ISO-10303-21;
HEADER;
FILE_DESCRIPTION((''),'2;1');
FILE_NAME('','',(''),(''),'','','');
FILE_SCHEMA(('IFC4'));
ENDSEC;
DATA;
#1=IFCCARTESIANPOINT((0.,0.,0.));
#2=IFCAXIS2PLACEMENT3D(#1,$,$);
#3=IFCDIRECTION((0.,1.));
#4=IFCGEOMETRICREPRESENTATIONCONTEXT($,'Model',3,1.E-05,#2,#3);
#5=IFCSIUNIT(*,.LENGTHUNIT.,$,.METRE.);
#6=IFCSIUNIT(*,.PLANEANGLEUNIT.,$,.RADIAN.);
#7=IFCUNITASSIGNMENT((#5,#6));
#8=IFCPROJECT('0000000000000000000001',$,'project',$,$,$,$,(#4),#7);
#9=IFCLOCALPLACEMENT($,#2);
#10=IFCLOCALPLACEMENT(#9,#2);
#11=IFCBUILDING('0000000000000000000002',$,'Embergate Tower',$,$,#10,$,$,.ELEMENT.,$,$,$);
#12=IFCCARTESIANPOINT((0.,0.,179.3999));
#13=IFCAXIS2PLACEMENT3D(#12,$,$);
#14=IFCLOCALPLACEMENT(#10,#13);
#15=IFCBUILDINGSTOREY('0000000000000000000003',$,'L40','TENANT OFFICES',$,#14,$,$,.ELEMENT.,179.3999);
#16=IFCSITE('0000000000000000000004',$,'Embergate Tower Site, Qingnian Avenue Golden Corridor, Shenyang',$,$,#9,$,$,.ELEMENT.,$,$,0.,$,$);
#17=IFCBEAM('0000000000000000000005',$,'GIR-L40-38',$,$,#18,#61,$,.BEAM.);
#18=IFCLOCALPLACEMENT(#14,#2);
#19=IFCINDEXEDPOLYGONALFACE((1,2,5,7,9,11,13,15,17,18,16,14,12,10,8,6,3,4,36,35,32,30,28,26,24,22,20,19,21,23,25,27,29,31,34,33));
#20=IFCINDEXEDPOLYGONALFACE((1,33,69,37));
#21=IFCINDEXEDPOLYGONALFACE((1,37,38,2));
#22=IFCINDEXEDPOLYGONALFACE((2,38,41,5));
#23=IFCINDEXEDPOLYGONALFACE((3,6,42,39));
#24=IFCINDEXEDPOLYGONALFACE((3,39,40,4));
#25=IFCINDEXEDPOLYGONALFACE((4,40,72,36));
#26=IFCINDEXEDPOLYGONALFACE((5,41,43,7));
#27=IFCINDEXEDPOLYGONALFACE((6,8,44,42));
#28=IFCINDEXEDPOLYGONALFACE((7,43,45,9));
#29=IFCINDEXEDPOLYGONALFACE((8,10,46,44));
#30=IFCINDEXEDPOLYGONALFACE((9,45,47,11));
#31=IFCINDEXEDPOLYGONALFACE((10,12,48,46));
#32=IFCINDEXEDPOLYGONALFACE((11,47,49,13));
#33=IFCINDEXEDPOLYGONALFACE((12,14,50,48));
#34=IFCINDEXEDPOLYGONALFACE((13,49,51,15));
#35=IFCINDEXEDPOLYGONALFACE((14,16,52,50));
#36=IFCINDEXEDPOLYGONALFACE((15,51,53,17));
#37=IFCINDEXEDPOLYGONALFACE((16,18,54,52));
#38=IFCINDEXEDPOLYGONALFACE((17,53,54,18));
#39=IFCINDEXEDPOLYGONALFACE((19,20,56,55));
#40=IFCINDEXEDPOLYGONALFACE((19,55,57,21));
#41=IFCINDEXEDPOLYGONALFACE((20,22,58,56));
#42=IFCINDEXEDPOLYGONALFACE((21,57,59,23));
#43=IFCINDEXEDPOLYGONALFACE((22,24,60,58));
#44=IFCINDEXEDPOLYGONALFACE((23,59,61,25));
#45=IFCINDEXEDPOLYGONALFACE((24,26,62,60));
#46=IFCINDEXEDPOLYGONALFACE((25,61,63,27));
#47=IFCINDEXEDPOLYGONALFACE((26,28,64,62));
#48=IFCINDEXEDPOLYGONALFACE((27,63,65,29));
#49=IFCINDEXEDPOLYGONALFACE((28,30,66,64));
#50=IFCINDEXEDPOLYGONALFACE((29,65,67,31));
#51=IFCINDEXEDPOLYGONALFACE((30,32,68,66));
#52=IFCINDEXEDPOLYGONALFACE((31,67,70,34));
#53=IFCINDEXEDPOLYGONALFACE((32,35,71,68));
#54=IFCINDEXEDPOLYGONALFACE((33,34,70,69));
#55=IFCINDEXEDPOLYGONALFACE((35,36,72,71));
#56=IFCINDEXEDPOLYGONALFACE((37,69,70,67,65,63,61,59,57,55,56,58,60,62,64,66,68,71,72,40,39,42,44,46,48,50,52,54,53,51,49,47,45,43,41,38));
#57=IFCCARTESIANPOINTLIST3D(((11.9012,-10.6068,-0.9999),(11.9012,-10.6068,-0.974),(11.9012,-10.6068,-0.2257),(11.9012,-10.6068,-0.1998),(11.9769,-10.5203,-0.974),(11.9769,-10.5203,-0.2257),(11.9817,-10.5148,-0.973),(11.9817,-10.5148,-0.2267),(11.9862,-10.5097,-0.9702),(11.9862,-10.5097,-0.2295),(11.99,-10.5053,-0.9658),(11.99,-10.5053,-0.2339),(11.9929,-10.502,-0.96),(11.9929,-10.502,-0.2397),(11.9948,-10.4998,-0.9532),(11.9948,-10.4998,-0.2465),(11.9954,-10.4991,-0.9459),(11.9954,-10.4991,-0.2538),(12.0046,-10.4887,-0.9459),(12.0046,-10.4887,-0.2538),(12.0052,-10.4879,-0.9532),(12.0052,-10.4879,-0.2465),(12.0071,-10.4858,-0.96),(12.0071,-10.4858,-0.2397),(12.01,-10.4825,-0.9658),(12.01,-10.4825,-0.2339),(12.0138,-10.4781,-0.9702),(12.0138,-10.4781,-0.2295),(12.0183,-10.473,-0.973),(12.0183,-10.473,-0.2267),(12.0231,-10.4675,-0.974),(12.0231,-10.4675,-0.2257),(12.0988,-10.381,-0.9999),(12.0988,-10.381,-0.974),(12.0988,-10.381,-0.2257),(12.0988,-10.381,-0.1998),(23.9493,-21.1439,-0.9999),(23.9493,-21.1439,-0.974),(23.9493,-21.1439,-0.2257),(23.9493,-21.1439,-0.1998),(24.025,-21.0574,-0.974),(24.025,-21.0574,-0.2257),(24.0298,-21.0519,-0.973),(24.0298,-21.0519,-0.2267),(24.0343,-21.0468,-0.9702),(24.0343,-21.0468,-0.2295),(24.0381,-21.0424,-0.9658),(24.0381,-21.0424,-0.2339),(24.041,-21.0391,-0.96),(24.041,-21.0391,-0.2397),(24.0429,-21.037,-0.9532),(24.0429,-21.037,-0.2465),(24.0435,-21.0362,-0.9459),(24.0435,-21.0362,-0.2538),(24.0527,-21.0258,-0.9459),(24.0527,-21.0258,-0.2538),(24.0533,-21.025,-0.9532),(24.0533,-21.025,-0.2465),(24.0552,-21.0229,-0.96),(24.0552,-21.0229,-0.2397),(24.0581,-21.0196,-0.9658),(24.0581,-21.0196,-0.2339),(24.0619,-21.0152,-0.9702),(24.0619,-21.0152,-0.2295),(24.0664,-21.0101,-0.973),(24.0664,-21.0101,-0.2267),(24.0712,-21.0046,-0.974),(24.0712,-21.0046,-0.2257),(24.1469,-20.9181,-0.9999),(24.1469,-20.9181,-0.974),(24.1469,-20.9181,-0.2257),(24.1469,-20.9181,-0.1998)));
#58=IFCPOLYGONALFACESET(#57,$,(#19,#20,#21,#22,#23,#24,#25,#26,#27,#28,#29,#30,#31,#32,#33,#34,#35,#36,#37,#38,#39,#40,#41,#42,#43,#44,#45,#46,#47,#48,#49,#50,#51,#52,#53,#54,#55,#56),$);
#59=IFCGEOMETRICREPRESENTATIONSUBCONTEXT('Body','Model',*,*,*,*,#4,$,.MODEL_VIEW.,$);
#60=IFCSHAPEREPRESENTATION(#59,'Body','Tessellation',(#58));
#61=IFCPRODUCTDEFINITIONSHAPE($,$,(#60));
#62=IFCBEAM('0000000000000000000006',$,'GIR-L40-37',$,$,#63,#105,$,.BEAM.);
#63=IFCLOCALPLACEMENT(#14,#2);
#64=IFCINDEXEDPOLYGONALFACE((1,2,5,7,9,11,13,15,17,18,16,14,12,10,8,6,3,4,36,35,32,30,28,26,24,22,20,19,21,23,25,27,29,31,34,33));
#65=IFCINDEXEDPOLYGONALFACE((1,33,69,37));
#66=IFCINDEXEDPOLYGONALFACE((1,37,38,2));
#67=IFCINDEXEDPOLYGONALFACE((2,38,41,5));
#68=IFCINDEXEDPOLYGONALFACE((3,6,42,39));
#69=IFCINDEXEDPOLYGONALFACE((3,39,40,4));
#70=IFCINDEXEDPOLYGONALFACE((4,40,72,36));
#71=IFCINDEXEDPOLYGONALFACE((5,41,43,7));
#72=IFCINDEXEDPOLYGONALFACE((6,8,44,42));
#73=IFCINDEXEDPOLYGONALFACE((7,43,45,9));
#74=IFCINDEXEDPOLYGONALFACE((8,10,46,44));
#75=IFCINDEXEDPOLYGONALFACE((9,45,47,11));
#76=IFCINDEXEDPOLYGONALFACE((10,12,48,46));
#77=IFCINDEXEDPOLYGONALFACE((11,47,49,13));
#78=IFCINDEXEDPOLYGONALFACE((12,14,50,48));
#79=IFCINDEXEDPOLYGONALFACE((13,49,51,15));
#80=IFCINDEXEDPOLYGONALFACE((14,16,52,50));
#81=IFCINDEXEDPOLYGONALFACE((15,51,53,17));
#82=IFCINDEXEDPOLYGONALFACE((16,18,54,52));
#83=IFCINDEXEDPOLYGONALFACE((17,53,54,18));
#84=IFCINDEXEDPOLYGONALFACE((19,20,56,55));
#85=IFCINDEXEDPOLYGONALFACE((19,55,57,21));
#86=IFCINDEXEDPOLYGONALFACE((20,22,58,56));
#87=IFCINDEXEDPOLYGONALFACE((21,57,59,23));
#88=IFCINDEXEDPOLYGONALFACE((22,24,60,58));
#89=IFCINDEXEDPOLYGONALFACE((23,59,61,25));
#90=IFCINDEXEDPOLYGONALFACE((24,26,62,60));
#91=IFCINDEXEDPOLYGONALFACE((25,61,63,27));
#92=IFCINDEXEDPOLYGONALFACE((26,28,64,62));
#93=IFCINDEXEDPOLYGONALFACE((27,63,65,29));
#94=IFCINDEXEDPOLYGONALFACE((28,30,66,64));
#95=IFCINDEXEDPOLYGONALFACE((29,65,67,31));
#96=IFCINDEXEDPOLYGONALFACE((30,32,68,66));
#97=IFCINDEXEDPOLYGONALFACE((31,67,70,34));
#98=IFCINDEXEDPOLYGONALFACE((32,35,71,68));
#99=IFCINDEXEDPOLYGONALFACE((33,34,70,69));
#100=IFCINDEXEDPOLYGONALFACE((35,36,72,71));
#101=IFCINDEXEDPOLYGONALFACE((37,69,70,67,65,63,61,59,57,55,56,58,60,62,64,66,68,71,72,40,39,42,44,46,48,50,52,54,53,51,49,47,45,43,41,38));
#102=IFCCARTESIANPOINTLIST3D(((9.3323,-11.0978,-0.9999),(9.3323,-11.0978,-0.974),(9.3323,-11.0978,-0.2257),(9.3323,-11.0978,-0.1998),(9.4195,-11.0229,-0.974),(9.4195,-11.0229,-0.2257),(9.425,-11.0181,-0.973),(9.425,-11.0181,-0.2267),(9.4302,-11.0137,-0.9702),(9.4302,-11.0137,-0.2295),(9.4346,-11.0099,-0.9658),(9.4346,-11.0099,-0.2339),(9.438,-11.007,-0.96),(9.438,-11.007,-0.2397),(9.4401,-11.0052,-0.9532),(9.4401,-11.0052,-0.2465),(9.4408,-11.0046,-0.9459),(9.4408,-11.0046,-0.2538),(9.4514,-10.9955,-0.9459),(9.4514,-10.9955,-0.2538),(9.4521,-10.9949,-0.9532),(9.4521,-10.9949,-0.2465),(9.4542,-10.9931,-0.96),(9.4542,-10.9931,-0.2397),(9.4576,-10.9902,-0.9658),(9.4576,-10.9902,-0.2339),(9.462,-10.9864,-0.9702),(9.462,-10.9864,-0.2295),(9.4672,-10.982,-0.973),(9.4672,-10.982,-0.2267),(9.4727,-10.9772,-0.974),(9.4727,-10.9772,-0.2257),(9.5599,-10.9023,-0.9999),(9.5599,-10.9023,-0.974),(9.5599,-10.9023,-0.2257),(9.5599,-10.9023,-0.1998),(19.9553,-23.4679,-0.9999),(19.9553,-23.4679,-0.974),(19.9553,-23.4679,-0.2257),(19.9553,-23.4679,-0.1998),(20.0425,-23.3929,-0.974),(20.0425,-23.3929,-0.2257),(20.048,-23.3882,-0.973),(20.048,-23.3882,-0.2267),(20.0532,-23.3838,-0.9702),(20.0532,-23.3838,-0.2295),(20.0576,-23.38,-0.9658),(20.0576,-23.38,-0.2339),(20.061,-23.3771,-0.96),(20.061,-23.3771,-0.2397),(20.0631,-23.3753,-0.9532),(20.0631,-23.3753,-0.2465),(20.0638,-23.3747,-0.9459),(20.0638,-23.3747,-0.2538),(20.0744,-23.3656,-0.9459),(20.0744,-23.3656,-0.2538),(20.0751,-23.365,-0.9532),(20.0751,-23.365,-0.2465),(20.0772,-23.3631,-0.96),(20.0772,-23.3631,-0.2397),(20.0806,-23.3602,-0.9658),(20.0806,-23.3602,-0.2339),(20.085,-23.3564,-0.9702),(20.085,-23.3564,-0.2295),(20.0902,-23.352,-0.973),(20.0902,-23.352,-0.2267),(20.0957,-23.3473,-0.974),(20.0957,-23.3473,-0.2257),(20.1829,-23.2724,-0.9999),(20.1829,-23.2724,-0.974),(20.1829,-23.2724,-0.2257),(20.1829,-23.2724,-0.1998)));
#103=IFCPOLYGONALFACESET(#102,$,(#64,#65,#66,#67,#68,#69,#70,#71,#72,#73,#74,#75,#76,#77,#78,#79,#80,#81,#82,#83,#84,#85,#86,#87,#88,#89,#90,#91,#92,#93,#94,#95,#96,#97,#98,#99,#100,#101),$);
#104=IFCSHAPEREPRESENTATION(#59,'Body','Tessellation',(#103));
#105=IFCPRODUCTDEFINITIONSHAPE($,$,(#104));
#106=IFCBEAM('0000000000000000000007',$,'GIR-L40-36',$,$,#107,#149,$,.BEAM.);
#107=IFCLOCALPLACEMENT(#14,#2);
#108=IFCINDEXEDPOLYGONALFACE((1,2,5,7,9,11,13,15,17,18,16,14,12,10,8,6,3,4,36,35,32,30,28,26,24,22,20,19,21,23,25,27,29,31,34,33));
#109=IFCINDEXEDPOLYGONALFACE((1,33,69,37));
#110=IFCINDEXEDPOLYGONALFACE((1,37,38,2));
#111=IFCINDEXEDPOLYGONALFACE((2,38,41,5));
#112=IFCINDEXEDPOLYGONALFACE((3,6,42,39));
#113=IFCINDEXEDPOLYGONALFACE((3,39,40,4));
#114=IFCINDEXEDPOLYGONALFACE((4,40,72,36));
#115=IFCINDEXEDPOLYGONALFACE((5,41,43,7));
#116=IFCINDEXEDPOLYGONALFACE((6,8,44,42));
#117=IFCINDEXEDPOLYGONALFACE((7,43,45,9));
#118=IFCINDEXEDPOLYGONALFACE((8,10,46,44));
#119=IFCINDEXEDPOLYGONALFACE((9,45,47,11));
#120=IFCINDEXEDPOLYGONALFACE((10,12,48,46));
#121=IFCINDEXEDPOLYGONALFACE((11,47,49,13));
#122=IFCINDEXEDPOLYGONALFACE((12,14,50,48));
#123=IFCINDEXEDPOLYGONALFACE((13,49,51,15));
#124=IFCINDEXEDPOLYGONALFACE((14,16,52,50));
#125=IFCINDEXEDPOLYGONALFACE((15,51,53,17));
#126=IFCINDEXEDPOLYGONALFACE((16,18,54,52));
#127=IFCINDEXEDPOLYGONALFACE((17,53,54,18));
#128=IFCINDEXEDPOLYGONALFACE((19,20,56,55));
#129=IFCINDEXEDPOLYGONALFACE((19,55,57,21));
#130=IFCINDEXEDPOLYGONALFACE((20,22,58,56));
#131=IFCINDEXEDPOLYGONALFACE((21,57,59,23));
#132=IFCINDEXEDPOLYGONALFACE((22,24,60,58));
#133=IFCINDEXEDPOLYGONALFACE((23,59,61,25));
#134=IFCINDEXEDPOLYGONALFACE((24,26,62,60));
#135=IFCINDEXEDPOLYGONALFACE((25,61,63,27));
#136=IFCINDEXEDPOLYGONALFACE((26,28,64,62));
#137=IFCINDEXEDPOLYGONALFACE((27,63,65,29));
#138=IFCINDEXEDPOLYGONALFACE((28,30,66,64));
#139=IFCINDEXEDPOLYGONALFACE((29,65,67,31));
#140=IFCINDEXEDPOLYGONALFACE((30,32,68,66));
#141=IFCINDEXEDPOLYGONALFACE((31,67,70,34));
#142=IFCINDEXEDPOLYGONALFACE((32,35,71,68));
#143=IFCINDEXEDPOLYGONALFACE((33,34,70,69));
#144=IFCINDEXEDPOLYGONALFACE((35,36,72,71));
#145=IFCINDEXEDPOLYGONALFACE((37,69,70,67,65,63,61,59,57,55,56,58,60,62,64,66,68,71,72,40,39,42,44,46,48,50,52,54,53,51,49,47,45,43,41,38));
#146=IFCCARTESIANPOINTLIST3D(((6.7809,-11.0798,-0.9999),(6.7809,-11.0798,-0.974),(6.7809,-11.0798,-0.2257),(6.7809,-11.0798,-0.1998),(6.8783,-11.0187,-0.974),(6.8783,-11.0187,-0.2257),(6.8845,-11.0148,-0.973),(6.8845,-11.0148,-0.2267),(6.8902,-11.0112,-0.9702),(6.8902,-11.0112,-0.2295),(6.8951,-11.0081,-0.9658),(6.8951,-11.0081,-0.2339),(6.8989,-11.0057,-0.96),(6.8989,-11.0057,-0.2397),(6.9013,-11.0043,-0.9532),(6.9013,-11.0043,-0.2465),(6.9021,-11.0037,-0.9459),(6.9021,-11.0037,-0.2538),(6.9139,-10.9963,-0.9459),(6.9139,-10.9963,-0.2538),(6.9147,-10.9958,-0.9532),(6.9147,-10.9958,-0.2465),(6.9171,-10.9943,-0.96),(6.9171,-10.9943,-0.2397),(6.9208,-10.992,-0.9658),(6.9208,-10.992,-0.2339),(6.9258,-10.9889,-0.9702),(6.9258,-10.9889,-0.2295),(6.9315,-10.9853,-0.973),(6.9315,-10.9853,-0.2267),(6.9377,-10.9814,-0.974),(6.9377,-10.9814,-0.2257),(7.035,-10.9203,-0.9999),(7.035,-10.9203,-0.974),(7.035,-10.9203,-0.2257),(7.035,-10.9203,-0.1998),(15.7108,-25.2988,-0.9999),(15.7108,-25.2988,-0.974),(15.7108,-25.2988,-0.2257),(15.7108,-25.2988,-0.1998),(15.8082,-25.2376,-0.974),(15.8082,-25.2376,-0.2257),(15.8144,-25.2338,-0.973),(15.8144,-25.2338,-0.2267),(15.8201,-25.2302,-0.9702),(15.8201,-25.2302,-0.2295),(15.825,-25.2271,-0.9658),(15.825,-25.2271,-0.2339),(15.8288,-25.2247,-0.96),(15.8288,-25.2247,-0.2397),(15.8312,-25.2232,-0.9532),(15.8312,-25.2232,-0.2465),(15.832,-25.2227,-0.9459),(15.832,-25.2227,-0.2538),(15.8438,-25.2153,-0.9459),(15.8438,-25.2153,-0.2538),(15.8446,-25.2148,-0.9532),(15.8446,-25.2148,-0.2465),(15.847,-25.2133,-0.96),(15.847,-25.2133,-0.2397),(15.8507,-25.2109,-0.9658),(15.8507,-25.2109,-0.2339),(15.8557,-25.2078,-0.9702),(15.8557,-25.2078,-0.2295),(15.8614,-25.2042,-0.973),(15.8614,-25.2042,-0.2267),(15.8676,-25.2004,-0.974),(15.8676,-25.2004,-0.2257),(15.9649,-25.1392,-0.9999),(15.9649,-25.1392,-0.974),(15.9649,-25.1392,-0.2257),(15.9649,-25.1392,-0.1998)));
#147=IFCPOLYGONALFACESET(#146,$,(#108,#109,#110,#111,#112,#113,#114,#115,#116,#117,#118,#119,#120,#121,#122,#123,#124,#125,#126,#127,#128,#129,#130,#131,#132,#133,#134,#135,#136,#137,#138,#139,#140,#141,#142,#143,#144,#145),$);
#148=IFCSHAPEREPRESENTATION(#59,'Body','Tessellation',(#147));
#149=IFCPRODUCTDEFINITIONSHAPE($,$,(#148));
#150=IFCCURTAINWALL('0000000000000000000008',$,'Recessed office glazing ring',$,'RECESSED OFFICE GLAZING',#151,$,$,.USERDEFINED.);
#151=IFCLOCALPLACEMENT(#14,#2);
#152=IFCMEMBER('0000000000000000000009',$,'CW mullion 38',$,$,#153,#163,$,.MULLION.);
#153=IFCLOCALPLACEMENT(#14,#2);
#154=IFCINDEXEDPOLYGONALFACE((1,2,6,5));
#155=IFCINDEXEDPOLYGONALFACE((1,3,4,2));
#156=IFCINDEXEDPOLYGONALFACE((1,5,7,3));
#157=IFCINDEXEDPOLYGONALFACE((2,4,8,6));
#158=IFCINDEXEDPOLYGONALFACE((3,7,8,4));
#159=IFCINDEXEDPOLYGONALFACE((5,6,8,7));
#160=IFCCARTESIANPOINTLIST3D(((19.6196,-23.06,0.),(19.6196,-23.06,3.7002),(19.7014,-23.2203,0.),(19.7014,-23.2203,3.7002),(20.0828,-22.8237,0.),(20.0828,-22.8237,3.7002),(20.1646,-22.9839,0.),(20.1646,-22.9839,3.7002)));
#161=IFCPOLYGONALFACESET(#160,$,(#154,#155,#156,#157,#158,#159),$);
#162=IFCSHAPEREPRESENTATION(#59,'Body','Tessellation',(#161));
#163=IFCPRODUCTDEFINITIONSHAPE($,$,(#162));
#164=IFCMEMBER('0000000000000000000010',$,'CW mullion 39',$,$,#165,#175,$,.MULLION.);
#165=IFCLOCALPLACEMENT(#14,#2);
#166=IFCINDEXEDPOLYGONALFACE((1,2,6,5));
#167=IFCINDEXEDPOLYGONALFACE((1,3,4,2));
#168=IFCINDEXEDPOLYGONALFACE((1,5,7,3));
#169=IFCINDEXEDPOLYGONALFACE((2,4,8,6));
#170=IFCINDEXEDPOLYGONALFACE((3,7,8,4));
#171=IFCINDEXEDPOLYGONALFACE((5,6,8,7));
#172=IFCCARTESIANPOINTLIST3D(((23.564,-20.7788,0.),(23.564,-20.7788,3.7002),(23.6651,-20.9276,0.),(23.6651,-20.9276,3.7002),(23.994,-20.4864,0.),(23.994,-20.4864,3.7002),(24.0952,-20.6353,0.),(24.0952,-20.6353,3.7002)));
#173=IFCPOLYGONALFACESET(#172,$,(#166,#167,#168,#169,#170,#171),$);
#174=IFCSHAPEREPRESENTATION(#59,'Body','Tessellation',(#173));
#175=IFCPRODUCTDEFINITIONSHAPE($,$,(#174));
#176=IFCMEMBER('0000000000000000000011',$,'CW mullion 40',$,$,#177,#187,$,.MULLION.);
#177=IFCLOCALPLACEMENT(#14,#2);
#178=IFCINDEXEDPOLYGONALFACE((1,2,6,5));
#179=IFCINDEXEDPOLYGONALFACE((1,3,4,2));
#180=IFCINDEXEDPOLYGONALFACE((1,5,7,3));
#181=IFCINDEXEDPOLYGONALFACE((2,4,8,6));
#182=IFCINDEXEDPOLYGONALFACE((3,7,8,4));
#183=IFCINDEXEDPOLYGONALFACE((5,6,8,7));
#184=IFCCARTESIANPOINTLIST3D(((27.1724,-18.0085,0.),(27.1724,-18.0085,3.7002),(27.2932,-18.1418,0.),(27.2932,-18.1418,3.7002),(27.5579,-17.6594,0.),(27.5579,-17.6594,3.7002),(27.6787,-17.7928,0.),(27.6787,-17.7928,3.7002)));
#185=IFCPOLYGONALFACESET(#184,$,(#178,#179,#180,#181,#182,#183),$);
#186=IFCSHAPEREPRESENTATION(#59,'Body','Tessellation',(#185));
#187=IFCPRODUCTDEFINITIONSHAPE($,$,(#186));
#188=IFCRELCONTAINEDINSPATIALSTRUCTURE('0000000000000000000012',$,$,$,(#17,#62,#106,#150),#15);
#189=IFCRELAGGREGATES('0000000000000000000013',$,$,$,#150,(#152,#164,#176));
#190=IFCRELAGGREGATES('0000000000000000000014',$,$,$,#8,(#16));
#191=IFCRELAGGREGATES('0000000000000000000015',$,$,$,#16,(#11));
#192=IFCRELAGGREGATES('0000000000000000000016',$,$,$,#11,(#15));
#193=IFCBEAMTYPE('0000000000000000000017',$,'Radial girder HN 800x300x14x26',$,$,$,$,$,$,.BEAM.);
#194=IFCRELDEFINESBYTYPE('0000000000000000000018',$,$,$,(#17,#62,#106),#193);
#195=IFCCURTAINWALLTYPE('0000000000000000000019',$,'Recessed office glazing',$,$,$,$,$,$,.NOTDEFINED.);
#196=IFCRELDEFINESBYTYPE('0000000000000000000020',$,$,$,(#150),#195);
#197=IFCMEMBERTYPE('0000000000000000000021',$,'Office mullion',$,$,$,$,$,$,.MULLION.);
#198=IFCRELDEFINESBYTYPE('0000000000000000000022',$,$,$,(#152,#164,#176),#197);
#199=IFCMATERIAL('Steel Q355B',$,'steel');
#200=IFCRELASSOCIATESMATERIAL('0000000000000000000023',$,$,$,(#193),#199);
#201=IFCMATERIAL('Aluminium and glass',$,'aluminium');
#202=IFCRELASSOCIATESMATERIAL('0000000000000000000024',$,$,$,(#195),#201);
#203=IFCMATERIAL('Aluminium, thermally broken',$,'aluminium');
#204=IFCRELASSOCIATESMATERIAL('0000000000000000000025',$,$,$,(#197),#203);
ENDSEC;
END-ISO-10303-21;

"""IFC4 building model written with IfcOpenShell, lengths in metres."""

from ifc_helpers import new_model, si_unit, direction, frame, origin, origin_2d, place, context, subcontext, project, spatial, rectangle, i_section, extrude, source, transform, mapped, material, material_profile, profile_set, type_object, element, aggregate, save


model = new_model("IFC4")

# Units and contexts
model_context = context("Model", 3, precision=1e-05, world=origin(), true_north=direction((0.0, 1.0)))
body_context = subcontext(model_context, "Body", "Model", "MODEL_VIEW")
ifc_project = project(units=[si_unit("LENGTHUNIT", "METRE"), si_unit("PLANEANGLEUNIT", "RADIAN")], contexts=[model_context])

# Site, building, storey
site_placement = place(None, origin())
site = spatial("IfcSite", under=ifc_project, at=site_placement, Name="Embergate Tower Site, Qingnian Avenue Golden Corridor, Shenyang", CompositionType="ELEMENT", RefElevation=0.0)
building_placement = place(site_placement, origin())
building = spatial("IfcBuilding", under=site, at=building_placement, Name="Embergate Tower", CompositionType="ELEMENT")
storey_placement = place(building_placement, frame((0.0, 0.0, 179.3999)))
storey = spatial("IfcBuildingStorey", under=building, at=storey_placement, Name="L40", Description="TENANT OFFICES", CompositionType="ELEMENT", Elevation=179.3999)

# Beams
ifc_material_1 = material(Name="Steel Q355B", Category="steel")
ifc_material_profile_1 = material_profile(ifc_material_1, i_section(OverallWidth=0.3, OverallDepth=0.8, WebThickness=0.0139, FlangeThickness=0.0259, FilletRadius=0.0281, at=origin_2d()), Name="HN 800x300x14x26")
ifc_profile_set_1 = profile_set([ifc_material_profile_1], Name="Steel Q355 grade B")
beam_type_1 = type_object("IfcBeamType", Name="Radial girder HN 800x300x14x26", PredefinedType="BEAM", material=ifc_profile_set_1)
shared_shape_1 = source(origin(), body_context, "Body", "SweptSolid", [
    extrude(i_section(OverallWidth=0.3, OverallDepth=0.8, WebThickness=0.0139, FlangeThickness=0.0259, FilletRadius=0.0281, at=origin_2d()), origin(), (0.0, 0.0, 1.0), 16.0059),
])
beam_1_placement = place(storey_placement, frame((24.0481, -21.031, -0.5999), z_axis=(-0.752731, 0.658329, 0.0), x_axis=(-0.658329, -0.752731, 0.0)))
element("IfcBeam", 1, at=beam_1_placement, inside=storey, type_object=beam_type_1, Name="GIR-L40-38", PredefinedType="BEAM", context=body_context, shape_type="MappedRepresentation", body=[
    mapped(shared_shape_1, transform((0.0, 0.0, 0.0))),
])
shared_shape_2 = source(origin(), body_context, "Body", "SweptSolid", [
    extrude(i_section(OverallWidth=0.3, OverallDepth=0.8, WebThickness=0.0139, FlangeThickness=0.0259, FilletRadius=0.0281, at=origin_2d()), origin(), (0.0, 0.0, 1.0), 16.3054),
])
beam_2_placement = place(storey_placement, frame((20.0691, -23.3701, -0.5999), z_axis=(-0.651501, 0.758647, 0.0), x_axis=(-0.758647, -0.651501, 0.0)))
element("IfcBeam", 2, at=beam_2_placement, inside=storey, type_object=beam_type_1, Name="GIR-L40-37", PredefinedType="BEAM", context=body_context, shape_type="MappedRepresentation", body=[
    mapped(shared_shape_2, transform((0.0, 0.0, 0.0))),
])
shared_shape_3 = source(origin(), body_context, "Body", "SweptSolid", [
    extrude(i_section(OverallWidth=0.3, OverallDepth=0.8, WebThickness=0.0139, FlangeThickness=0.0259, FilletRadius=0.0281, at=origin_2d()), origin(), (0.0, 0.0, 1.0), 16.7905),
])
beam_3_placement = place(storey_placement, frame((15.8379, -25.219, -0.5999), z_axis=(-0.531842, 0.846844, 0.0), x_axis=(-0.846844, -0.531842, 0.0)))
element("IfcBeam", 3, at=beam_3_placement, inside=storey, type_object=beam_type_1, Name="GIR-L40-36", PredefinedType="BEAM", context=body_context, shape_type="MappedRepresentation", body=[
    mapped(shared_shape_3, transform((0.0, 0.0, 0.0))),
])

# Curtain wall, members
ifc_material_2 = material(Name="Aluminium and glass", Category="aluminium")
curtain_wall_type = type_object("IfcCurtainWallType", Name="Recessed office glazing", PredefinedType="NOTDEFINED", material=ifc_material_2)
curtain_wall_placement = place(storey_placement, origin())
curtain_wall = element("IfcCurtainWall", 4, at=curtain_wall_placement, inside=storey, type_object=curtain_wall_type, Name="Recessed office glazing ring", ObjectType="RECESSED OFFICE GLAZING", PredefinedType="USERDEFINED")
ifc_material_3 = material(Name="Aluminium, thermally broken", Category="aluminium")
ifc_material_profile_2 = material_profile(ifc_material_3, rectangle(XDim=0.1799, YDim=0.52, at=origin_2d()), Name="AL 520x180")
ifc_profile_set_2 = profile_set([ifc_material_profile_2], Name="Aluminium, thermally broken")
member_type_1 = type_object("IfcMemberType", Name="Office mullion", PredefinedType="MULLION", material=ifc_profile_set_2)
shared_shape_4 = source(origin(), body_context, "Body", "SweptSolid", [
    extrude(rectangle(XDim=0.1799, YDim=0.52, at=origin_2d()), origin(), (0.0, 0.0, 1.0), 3.7002),
])
member_1_placement = place(storey_placement, frame((19.8921, -23.022, 0.0), z_axis=(0.0, 0.0, 1.0), x_axis=(-0.454505, 0.890744, 0.0)))
member_1 = element("IfcMember", 5, at=member_1_placement, type_object=member_type_1, Name="CW mullion 38", PredefinedType="MULLION", context=body_context, shape_type="MappedRepresentation", body=[
    mapped(shared_shape_4, transform((0.0, 0.0, 0.0))),
])
member_2_placement = place(storey_placement, frame((23.8296, -20.707, 0.0), z_axis=(0.0, 0.0, 1.0), x_axis=(-0.56221, 0.826994, 0.0)))
member_2 = element("IfcMember", 6, at=member_2_placement, type_object=member_type_1, Name="CW mullion 39", PredefinedType="MULLION", context=body_context, shape_type="MappedRepresentation", body=[
    mapped(shared_shape_4, transform((0.0, 0.0, 0.0))),
])
member_3_placement = place(storey_placement, frame((27.4255, -17.9006, 0.0), z_axis=(0.0, 0.0, 1.0), x_axis=(-0.671221, 0.741257, 0.0)))
member_3 = element("IfcMember", 7, at=member_3_placement, type_object=member_type_1, Name="CW mullion 40", PredefinedType="MULLION", context=body_context, shape_type="MappedRepresentation", body=[
    mapped(shared_shape_4, transform((0.0, 0.0, 0.0))),
])
aggregate(curtain_wall, [member_1, member_2, member_3])

save(model, "model.ifc")
